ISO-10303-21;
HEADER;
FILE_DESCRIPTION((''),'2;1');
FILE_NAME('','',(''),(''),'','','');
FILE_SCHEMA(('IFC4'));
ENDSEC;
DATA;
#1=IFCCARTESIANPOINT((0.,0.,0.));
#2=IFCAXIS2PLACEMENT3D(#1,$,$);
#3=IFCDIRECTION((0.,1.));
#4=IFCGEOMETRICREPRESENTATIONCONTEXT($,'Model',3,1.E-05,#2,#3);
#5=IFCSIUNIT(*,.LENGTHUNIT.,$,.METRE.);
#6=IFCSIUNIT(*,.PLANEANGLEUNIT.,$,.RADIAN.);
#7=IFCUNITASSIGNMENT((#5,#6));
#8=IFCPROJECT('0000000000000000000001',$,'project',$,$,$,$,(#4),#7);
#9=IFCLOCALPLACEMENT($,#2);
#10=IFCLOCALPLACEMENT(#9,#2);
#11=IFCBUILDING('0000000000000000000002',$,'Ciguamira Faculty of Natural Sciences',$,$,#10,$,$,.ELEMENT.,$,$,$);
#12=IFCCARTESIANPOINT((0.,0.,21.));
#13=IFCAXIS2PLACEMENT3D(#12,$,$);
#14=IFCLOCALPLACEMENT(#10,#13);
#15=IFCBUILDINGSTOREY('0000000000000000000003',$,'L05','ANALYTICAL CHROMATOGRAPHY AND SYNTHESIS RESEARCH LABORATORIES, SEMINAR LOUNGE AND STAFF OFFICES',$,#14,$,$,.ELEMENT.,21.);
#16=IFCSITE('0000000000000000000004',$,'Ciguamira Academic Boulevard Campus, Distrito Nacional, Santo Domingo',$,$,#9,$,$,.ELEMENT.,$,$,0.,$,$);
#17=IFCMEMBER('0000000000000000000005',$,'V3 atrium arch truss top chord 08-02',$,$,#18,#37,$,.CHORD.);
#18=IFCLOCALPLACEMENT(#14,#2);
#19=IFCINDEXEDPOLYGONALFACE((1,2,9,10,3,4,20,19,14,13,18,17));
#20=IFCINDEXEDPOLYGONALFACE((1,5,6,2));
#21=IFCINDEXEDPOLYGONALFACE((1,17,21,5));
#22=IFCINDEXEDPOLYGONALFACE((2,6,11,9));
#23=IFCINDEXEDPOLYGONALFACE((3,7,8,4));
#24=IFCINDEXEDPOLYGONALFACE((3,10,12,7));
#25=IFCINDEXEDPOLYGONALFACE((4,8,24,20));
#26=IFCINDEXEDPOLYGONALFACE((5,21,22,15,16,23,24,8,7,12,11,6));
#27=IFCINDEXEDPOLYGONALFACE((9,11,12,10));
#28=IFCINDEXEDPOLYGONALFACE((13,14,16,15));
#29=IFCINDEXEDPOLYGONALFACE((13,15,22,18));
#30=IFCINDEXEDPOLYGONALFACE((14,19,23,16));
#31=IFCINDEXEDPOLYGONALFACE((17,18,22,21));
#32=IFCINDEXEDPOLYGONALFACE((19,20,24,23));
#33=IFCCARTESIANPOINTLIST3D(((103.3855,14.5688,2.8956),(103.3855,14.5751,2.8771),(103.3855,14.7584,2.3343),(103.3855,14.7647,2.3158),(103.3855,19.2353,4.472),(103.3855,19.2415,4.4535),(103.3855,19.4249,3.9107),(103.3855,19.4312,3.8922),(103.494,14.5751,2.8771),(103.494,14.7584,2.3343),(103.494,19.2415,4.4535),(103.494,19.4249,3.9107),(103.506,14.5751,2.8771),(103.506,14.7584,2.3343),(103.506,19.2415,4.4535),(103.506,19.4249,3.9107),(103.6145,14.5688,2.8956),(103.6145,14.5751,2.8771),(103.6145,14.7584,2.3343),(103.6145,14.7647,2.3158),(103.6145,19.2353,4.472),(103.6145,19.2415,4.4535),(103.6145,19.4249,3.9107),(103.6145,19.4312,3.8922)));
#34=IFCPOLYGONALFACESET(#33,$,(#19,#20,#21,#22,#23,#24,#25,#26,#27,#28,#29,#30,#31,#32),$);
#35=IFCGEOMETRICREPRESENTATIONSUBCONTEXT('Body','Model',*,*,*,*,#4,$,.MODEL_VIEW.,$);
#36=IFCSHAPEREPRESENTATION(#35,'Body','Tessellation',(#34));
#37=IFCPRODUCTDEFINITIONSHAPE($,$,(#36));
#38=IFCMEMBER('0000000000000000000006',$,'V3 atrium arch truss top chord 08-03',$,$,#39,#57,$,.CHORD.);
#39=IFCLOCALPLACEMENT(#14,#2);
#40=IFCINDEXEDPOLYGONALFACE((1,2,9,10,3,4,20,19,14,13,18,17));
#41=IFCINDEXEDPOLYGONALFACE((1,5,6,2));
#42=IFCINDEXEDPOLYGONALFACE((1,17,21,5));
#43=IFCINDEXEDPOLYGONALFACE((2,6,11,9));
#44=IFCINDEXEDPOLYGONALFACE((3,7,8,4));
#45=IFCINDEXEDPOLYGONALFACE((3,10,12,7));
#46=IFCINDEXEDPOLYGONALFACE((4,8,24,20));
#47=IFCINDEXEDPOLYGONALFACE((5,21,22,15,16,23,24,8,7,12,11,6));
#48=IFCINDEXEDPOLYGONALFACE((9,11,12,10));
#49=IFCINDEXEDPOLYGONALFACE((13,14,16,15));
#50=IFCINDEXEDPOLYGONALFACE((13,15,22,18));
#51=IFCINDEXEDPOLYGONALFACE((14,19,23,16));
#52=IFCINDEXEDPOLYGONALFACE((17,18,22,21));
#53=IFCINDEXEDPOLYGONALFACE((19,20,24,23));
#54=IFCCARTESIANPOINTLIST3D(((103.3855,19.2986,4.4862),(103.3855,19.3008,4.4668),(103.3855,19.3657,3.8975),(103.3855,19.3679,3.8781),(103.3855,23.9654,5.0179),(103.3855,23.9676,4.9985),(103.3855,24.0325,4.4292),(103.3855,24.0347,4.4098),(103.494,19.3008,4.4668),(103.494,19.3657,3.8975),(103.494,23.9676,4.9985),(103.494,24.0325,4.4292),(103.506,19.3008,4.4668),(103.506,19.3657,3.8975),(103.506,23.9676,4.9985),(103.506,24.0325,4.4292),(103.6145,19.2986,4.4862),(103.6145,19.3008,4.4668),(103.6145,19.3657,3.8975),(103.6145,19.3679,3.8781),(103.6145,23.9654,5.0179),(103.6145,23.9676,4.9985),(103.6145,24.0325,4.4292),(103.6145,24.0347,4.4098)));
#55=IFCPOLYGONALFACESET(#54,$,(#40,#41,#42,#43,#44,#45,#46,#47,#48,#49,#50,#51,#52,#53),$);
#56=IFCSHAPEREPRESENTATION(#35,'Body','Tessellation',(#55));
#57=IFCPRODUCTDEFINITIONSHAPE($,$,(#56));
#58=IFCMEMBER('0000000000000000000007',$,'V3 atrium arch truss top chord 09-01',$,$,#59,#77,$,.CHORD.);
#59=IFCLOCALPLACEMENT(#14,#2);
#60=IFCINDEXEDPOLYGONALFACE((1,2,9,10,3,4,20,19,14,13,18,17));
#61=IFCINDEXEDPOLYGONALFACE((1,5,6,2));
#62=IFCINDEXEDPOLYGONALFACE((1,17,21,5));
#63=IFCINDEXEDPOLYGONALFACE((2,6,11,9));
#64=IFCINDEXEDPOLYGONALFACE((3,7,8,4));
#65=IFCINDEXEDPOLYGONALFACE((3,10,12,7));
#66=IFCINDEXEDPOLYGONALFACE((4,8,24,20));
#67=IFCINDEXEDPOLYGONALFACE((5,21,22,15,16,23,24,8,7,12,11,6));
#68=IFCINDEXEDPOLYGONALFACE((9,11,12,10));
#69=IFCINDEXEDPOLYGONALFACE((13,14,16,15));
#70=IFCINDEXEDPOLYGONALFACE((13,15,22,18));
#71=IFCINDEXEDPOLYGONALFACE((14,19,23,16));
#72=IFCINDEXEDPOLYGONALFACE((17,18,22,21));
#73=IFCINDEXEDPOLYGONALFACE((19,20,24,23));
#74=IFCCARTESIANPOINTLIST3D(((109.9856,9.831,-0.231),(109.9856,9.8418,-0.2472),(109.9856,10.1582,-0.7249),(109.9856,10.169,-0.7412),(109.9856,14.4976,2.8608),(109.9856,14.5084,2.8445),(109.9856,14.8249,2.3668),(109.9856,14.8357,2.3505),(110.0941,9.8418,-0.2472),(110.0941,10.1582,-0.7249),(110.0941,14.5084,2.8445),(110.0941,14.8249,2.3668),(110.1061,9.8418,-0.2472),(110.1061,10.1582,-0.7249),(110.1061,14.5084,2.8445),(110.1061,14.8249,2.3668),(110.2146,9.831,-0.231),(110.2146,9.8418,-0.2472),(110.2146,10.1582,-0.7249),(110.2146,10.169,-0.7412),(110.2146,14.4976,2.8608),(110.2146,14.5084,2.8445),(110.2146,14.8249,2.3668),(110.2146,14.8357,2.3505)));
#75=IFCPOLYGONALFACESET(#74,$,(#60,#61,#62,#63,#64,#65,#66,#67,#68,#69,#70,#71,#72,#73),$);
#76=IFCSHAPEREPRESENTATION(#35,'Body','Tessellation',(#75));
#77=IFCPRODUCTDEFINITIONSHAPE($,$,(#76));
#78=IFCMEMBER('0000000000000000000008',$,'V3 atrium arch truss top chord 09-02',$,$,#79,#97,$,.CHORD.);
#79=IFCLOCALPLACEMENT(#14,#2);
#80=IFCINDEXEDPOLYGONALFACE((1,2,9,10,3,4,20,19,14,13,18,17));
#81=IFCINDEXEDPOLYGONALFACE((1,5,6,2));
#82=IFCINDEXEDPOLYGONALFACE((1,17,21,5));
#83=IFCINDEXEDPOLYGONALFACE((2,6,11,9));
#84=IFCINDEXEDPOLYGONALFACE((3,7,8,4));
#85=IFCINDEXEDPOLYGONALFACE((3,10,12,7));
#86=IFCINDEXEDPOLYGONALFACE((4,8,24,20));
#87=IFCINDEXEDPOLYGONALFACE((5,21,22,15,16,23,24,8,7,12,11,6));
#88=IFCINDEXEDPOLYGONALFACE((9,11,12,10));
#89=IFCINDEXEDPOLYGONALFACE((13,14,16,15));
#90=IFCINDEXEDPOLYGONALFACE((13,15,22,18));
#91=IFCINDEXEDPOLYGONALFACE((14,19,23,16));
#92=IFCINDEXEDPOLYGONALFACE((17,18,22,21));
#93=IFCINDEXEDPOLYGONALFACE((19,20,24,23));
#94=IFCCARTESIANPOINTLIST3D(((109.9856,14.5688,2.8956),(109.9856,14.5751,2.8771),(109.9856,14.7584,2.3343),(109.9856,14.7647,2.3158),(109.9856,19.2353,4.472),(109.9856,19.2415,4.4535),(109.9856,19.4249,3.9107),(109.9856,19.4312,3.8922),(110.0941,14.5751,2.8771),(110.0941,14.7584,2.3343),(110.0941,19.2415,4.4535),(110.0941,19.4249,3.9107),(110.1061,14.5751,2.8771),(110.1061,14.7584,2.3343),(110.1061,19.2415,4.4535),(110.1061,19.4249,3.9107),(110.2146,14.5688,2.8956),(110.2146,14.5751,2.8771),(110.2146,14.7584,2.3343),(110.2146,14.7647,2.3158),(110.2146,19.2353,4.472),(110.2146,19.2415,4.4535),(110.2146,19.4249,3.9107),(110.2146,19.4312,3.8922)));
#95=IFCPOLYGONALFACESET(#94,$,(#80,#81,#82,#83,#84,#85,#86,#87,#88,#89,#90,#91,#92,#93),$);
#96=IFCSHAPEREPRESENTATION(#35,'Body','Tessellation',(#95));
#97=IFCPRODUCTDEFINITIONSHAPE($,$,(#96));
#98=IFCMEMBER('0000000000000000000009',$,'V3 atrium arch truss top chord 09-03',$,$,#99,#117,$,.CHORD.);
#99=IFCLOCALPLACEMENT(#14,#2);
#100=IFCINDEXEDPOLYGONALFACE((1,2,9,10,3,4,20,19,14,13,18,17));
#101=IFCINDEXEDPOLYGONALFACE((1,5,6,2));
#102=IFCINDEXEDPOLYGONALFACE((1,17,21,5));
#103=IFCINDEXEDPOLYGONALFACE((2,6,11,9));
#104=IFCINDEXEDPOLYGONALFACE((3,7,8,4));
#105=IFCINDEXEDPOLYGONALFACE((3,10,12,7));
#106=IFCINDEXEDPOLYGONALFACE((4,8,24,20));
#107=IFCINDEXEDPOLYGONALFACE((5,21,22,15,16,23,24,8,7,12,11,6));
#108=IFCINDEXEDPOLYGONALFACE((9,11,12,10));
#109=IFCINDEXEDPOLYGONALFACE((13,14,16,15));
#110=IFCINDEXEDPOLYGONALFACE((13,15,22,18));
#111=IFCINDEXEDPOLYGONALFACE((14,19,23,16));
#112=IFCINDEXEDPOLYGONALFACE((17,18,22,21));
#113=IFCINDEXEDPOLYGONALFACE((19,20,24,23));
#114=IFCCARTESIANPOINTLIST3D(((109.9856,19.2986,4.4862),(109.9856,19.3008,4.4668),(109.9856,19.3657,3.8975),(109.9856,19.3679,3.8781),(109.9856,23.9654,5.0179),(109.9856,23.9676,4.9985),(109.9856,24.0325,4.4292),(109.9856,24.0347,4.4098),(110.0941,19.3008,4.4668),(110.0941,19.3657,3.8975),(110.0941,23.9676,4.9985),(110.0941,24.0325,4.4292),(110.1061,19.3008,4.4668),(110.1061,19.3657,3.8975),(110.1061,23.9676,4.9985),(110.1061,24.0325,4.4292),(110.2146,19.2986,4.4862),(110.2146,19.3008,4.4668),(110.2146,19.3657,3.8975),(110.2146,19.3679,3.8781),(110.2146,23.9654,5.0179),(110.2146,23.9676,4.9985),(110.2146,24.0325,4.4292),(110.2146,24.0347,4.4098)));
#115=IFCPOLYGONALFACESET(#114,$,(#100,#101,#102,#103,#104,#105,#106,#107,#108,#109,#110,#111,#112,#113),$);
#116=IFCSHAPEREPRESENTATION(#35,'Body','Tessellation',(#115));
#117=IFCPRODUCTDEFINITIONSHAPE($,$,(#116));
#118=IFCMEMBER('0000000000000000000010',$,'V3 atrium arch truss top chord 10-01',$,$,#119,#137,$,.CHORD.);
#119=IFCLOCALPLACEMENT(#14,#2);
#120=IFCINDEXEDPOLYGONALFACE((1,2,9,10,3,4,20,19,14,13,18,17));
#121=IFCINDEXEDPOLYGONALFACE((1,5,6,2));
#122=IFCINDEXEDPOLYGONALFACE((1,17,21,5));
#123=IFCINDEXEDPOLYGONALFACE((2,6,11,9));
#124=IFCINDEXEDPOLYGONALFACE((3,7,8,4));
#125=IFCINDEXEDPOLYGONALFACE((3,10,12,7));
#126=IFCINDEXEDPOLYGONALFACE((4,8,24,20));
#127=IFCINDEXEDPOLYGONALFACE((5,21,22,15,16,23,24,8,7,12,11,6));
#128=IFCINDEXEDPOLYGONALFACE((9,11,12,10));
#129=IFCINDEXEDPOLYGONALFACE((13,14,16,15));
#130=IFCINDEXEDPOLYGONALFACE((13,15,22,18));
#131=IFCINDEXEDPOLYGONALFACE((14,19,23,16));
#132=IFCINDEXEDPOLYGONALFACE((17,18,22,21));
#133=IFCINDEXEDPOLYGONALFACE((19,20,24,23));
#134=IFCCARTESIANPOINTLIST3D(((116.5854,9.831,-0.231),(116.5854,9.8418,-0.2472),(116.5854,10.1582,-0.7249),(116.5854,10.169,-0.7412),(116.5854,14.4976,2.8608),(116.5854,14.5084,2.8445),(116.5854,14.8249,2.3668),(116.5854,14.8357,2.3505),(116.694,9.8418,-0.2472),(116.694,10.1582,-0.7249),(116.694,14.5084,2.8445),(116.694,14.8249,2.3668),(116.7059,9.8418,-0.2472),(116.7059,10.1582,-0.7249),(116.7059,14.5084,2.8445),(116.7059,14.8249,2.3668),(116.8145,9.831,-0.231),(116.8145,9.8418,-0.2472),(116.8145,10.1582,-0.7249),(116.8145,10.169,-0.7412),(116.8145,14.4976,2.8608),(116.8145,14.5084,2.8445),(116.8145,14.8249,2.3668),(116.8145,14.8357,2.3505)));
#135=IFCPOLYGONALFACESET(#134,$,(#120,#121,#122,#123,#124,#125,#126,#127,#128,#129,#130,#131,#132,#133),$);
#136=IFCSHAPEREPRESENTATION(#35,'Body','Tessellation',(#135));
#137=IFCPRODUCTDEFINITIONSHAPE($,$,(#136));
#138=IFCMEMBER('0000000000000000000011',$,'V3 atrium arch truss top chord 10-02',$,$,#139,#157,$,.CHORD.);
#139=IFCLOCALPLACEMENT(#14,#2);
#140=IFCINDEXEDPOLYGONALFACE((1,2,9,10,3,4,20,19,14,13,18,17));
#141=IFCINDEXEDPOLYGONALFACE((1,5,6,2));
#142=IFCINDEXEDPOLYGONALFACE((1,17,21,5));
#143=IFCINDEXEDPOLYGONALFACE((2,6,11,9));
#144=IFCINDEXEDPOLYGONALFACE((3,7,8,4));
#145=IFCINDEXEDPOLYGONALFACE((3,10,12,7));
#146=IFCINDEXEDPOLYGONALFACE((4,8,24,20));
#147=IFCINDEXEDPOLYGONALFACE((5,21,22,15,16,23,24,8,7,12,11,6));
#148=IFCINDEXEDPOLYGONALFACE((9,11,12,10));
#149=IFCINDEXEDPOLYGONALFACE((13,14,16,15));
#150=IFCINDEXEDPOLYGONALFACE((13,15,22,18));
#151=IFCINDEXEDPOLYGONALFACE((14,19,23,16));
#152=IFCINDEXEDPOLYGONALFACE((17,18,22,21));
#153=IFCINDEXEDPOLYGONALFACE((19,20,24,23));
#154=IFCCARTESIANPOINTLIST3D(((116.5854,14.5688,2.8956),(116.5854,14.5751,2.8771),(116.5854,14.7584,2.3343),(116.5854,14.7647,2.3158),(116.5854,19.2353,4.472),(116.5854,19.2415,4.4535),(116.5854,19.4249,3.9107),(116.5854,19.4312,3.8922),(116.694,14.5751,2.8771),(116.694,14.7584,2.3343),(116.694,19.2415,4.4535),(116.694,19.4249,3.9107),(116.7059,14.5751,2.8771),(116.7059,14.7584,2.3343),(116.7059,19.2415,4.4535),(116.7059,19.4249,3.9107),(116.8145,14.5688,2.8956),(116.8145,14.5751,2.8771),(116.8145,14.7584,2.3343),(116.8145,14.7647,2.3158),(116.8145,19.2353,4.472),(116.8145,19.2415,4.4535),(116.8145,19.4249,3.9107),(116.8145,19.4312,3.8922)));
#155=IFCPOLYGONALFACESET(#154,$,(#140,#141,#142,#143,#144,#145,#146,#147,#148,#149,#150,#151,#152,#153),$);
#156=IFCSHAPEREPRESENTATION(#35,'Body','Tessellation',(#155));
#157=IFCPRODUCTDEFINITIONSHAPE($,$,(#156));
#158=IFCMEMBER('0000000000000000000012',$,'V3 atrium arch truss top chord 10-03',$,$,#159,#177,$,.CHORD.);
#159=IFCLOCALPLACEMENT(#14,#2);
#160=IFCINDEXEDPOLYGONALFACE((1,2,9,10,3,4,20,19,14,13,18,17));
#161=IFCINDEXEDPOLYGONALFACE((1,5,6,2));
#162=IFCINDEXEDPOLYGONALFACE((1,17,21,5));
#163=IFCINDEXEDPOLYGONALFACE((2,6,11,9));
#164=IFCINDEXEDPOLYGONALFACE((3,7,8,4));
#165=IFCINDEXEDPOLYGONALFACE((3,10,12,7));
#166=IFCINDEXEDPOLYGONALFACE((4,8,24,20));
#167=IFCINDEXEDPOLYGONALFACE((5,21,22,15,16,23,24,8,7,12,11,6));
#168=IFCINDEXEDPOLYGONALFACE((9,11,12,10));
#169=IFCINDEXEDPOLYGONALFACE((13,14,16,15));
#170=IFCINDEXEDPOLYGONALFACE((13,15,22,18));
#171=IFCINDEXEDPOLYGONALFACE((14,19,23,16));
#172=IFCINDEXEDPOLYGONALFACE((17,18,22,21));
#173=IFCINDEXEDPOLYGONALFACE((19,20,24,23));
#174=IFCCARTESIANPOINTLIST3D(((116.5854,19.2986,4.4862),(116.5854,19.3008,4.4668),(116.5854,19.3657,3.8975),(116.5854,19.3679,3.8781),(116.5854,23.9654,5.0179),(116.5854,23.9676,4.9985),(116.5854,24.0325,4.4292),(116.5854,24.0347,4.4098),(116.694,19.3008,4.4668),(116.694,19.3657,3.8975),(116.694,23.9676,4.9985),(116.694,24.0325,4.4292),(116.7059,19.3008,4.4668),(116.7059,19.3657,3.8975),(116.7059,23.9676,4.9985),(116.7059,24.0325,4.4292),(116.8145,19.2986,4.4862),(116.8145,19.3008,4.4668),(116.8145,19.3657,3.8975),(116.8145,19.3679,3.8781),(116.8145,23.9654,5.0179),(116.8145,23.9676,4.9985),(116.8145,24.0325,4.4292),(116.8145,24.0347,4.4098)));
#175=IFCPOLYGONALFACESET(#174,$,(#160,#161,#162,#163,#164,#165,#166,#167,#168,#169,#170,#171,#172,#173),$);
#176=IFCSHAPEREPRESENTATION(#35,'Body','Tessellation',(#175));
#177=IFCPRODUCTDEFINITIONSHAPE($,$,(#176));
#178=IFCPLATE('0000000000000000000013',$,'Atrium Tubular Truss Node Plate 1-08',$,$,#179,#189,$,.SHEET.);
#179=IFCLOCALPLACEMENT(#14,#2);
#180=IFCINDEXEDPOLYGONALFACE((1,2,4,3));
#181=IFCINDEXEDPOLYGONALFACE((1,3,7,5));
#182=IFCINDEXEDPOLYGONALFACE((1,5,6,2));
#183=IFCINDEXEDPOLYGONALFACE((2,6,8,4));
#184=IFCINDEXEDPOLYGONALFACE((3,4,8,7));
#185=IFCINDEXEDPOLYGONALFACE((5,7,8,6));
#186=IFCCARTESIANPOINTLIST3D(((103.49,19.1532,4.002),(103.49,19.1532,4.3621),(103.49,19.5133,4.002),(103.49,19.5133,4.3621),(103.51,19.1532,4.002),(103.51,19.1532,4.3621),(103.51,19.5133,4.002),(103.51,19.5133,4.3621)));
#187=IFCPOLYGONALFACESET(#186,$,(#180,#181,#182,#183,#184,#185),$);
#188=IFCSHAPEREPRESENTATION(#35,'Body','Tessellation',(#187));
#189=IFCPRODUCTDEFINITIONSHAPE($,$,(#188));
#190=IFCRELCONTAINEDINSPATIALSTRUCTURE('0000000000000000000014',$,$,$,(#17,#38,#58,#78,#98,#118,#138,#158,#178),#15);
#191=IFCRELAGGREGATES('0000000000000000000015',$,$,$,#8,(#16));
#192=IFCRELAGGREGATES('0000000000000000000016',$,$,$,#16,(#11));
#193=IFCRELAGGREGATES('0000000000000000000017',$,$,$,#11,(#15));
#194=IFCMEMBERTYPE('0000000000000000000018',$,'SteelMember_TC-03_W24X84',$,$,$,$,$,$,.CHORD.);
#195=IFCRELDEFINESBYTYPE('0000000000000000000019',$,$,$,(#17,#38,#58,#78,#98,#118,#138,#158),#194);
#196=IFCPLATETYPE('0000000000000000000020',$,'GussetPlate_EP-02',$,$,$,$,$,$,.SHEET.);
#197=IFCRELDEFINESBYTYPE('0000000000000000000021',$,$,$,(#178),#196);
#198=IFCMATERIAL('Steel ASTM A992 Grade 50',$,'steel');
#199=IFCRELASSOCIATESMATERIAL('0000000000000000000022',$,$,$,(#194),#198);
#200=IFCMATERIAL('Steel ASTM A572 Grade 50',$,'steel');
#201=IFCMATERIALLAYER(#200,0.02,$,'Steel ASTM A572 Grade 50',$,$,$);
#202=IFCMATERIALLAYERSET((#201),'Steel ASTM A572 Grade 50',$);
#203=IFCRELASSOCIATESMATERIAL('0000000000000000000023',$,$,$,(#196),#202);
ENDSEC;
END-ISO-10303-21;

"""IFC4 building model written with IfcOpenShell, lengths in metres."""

from ifc_helpers import new_model, si_unit, direction, frame, origin, origin_2d, place, context, subcontext, project, spatial, rectangle, i_section, extrude, material, layer, layer_set, material_profile, profile_set, type_object, element, save


model = new_model("IFC4")

# Units and contexts
model_context = context("Model", 3, precision=1e-05, world=origin(), true_north=direction((0.0, 1.0)))
body_context = subcontext(model_context, "Body", "Model", "MODEL_VIEW")
ifc_project = project(units=[si_unit("LENGTHUNIT", "METRE"), si_unit("PLANEANGLEUNIT", "RADIAN")], contexts=[model_context])

# Site, building, storey
site_placement = place(None, origin())
site = spatial("IfcSite", under=ifc_project, at=site_placement, Name="Ciguamira Academic Boulevard Campus, Distrito Nacional, Santo Domingo", CompositionType="ELEMENT", RefElevation=0.0)
building_placement = place(site_placement, origin())
building = spatial("IfcBuilding", under=site, at=building_placement, Name="Ciguamira Faculty of Natural Sciences", CompositionType="ELEMENT")
storey_placement = place(building_placement, frame((0.0, 0.0, 21.0)))
storey = spatial("IfcBuildingStorey", under=building, at=storey_placement, Name="L05", Description="ANALYTICAL CHROMATOGRAPHY AND SYNTHESIS RESEARCH LABORATORIES, SEMINAR LOUNGE AND STAFF OFFICES", CompositionType="ELEMENT", Elevation=21.0)

# Shared definitions
ifc_material_1 = material(Name="Steel ASTM A992 Grade 50", Category="steel")

# Members
ifc_material_profile_1 = material_profile(ifc_material_1, i_section(OverallWidth=0.229, OverallDepth=0.6121, WebThickness=0.012, FlangeThickness=0.0195, at=origin_2d()), Name="W24X84")
ifc_profile_set_1 = profile_set([ifc_material_profile_1], Name="Steel ASTM A992 Grade 50")
member_type_1 = type_object("IfcMemberType", Name="SteelMember_TC-03_W24X84", PredefinedType="CHORD", material=ifc_profile_set_1)
member_1_placement = place(storey_placement, frame((103.5, 14.6667, 2.6057), z_axis=(0.0, 0.947402, 0.320047), x_axis=(-1.0, 0.0, 0.0)))
element("IfcMember", 1, at=member_1_placement, inside=storey, type_object=member_type_1, Name="V3 atrium arch truss top chord 08-02", PredefinedType="CHORD", context=body_context, shape_type="SweptSolid", body=[
    extrude(i_section(OverallWidth=0.229, OverallDepth=0.6121, WebThickness=0.012, FlangeThickness=0.0195, at=origin_2d()), origin(), (0.0, 0.0, 1.0), 4.9255),
])
member_2_placement = place(storey_placement, frame((103.5, 19.3333, 4.1821), z_axis=(0.0, 0.993571, 0.113209), x_axis=(-1.0, 0.0, 0.0)))
element("IfcMember", 2, at=member_2_placement, inside=storey, type_object=member_type_1, Name="V3 atrium arch truss top chord 08-03", PredefinedType="CHORD", context=body_context, shape_type="SweptSolid", body=[
    extrude(i_section(OverallWidth=0.229, OverallDepth=0.6121, WebThickness=0.012, FlangeThickness=0.0195, at=origin_2d()), origin(), (0.0, 0.0, 1.0), 4.697),
])
member_3_placement = place(storey_placement, frame((110.1001, 10.0, -0.4861), z_axis=(0.0, 0.833644, 0.552303), x_axis=(-1.0, 0.0, 0.0)))
element("IfcMember", 3, at=member_3_placement, inside=storey, type_object=member_type_1, Name="V3 atrium arch truss top chord 09-01", PredefinedType="CHORD", context=body_context, shape_type="SweptSolid", body=[
    extrude(i_section(OverallWidth=0.229, OverallDepth=0.6121, WebThickness=0.012, FlangeThickness=0.0195, at=origin_2d()), origin(), (0.0, 0.0, 1.0), 5.5979),
])
member_4_placement = place(storey_placement, frame((110.1001, 14.6667, 2.6057), z_axis=(0.0, 0.947402, 0.320047), x_axis=(-1.0, 0.0, 0.0)))
element("IfcMember", 4, at=member_4_placement, inside=storey, type_object=member_type_1, Name="V3 atrium arch truss top chord 09-02", PredefinedType="CHORD", context=body_context, shape_type="SweptSolid", body=[
    extrude(i_section(OverallWidth=0.229, OverallDepth=0.6121, WebThickness=0.012, FlangeThickness=0.0195, at=origin_2d()), origin(), (0.0, 0.0, 1.0), 4.9255),
])
member_5_placement = place(storey_placement, frame((110.1001, 19.3333, 4.1821), z_axis=(0.0, 0.993571, 0.113209), x_axis=(-1.0, 0.0, 0.0)))
element("IfcMember", 5, at=member_5_placement, inside=storey, type_object=member_type_1, Name="V3 atrium arch truss top chord 09-03", PredefinedType="CHORD", context=body_context, shape_type="SweptSolid", body=[
    extrude(i_section(OverallWidth=0.229, OverallDepth=0.6121, WebThickness=0.012, FlangeThickness=0.0195, at=origin_2d()), origin(), (0.0, 0.0, 1.0), 4.697),
])
member_6_placement = place(storey_placement, frame((116.7, 10.0, -0.4861), z_axis=(0.0, 0.833644, 0.552303), x_axis=(-1.0, 0.0, 0.0)))
element("IfcMember", 6, at=member_6_placement, inside=storey, type_object=member_type_1, Name="V3 atrium arch truss top chord 10-01", PredefinedType="CHORD", context=body_context, shape_type="SweptSolid", body=[
    extrude(i_section(OverallWidth=0.229, OverallDepth=0.6121, WebThickness=0.012, FlangeThickness=0.0195, at=origin_2d()), origin(), (0.0, 0.0, 1.0), 5.5979),
])
member_7_placement = place(storey_placement, frame((116.7, 14.6667, 2.6057), z_axis=(0.0, 0.947402, 0.320047), x_axis=(-1.0, 0.0, 0.0)))
element("IfcMember", 7, at=member_7_placement, inside=storey, type_object=member_type_1, Name="V3 atrium arch truss top chord 10-02", PredefinedType="CHORD", context=body_context, shape_type="SweptSolid", body=[
    extrude(i_section(OverallWidth=0.229, OverallDepth=0.6121, WebThickness=0.012, FlangeThickness=0.0195, at=origin_2d()), origin(), (0.0, 0.0, 1.0), 4.9255),
])
member_8_placement = place(storey_placement, frame((116.7, 19.3333, 4.1821), z_axis=(0.0, 0.993571, 0.113209), x_axis=(-1.0, 0.0, 0.0)))
element("IfcMember", 8, at=member_8_placement, inside=storey, type_object=member_type_1, Name="V3 atrium arch truss top chord 10-03", PredefinedType="CHORD", context=body_context, shape_type="SweptSolid", body=[
    extrude(i_section(OverallWidth=0.229, OverallDepth=0.6121, WebThickness=0.012, FlangeThickness=0.0195, at=origin_2d()), origin(), (0.0, 0.0, 1.0), 4.697),
])

# Plate
ifc_material_2 = material(Name="Steel ASTM A572 Grade 50", Category="steel")
ifc_layer_1 = layer(ifc_material_2, 0.02, Name="Steel ASTM A572 Grade 50")
ifc_layer_set_1 = layer_set([ifc_layer_1], Name="Steel ASTM A572 Grade 50")
plate_type = type_object("IfcPlateType", Name="GussetPlate_EP-02", PredefinedType="SHEET", material=ifc_layer_set_1)
for number, where, z_axis, x_axis, name in (
    (9, (103.5, 19.3333, 4.002), (0.0, 0.0, 1.0), (1.0, 0.0, 0.0), "Atrium Tubular Truss Node Plate 1-08"),
):
    element("IfcPlate", number, at=place(storey_placement, frame(where, z_axis=z_axis, x_axis=x_axis)), inside=storey, type_object=plate_type, Name=name, PredefinedType="SHEET", context=body_context, shape_type="SweptSolid", body=[
        extrude(rectangle(XDim=0.02, YDim=0.3601, at=origin_2d()), origin(), (0.0, 0.0, 1.0), 0.3601),
    ])

save(model, "model.ifc")
